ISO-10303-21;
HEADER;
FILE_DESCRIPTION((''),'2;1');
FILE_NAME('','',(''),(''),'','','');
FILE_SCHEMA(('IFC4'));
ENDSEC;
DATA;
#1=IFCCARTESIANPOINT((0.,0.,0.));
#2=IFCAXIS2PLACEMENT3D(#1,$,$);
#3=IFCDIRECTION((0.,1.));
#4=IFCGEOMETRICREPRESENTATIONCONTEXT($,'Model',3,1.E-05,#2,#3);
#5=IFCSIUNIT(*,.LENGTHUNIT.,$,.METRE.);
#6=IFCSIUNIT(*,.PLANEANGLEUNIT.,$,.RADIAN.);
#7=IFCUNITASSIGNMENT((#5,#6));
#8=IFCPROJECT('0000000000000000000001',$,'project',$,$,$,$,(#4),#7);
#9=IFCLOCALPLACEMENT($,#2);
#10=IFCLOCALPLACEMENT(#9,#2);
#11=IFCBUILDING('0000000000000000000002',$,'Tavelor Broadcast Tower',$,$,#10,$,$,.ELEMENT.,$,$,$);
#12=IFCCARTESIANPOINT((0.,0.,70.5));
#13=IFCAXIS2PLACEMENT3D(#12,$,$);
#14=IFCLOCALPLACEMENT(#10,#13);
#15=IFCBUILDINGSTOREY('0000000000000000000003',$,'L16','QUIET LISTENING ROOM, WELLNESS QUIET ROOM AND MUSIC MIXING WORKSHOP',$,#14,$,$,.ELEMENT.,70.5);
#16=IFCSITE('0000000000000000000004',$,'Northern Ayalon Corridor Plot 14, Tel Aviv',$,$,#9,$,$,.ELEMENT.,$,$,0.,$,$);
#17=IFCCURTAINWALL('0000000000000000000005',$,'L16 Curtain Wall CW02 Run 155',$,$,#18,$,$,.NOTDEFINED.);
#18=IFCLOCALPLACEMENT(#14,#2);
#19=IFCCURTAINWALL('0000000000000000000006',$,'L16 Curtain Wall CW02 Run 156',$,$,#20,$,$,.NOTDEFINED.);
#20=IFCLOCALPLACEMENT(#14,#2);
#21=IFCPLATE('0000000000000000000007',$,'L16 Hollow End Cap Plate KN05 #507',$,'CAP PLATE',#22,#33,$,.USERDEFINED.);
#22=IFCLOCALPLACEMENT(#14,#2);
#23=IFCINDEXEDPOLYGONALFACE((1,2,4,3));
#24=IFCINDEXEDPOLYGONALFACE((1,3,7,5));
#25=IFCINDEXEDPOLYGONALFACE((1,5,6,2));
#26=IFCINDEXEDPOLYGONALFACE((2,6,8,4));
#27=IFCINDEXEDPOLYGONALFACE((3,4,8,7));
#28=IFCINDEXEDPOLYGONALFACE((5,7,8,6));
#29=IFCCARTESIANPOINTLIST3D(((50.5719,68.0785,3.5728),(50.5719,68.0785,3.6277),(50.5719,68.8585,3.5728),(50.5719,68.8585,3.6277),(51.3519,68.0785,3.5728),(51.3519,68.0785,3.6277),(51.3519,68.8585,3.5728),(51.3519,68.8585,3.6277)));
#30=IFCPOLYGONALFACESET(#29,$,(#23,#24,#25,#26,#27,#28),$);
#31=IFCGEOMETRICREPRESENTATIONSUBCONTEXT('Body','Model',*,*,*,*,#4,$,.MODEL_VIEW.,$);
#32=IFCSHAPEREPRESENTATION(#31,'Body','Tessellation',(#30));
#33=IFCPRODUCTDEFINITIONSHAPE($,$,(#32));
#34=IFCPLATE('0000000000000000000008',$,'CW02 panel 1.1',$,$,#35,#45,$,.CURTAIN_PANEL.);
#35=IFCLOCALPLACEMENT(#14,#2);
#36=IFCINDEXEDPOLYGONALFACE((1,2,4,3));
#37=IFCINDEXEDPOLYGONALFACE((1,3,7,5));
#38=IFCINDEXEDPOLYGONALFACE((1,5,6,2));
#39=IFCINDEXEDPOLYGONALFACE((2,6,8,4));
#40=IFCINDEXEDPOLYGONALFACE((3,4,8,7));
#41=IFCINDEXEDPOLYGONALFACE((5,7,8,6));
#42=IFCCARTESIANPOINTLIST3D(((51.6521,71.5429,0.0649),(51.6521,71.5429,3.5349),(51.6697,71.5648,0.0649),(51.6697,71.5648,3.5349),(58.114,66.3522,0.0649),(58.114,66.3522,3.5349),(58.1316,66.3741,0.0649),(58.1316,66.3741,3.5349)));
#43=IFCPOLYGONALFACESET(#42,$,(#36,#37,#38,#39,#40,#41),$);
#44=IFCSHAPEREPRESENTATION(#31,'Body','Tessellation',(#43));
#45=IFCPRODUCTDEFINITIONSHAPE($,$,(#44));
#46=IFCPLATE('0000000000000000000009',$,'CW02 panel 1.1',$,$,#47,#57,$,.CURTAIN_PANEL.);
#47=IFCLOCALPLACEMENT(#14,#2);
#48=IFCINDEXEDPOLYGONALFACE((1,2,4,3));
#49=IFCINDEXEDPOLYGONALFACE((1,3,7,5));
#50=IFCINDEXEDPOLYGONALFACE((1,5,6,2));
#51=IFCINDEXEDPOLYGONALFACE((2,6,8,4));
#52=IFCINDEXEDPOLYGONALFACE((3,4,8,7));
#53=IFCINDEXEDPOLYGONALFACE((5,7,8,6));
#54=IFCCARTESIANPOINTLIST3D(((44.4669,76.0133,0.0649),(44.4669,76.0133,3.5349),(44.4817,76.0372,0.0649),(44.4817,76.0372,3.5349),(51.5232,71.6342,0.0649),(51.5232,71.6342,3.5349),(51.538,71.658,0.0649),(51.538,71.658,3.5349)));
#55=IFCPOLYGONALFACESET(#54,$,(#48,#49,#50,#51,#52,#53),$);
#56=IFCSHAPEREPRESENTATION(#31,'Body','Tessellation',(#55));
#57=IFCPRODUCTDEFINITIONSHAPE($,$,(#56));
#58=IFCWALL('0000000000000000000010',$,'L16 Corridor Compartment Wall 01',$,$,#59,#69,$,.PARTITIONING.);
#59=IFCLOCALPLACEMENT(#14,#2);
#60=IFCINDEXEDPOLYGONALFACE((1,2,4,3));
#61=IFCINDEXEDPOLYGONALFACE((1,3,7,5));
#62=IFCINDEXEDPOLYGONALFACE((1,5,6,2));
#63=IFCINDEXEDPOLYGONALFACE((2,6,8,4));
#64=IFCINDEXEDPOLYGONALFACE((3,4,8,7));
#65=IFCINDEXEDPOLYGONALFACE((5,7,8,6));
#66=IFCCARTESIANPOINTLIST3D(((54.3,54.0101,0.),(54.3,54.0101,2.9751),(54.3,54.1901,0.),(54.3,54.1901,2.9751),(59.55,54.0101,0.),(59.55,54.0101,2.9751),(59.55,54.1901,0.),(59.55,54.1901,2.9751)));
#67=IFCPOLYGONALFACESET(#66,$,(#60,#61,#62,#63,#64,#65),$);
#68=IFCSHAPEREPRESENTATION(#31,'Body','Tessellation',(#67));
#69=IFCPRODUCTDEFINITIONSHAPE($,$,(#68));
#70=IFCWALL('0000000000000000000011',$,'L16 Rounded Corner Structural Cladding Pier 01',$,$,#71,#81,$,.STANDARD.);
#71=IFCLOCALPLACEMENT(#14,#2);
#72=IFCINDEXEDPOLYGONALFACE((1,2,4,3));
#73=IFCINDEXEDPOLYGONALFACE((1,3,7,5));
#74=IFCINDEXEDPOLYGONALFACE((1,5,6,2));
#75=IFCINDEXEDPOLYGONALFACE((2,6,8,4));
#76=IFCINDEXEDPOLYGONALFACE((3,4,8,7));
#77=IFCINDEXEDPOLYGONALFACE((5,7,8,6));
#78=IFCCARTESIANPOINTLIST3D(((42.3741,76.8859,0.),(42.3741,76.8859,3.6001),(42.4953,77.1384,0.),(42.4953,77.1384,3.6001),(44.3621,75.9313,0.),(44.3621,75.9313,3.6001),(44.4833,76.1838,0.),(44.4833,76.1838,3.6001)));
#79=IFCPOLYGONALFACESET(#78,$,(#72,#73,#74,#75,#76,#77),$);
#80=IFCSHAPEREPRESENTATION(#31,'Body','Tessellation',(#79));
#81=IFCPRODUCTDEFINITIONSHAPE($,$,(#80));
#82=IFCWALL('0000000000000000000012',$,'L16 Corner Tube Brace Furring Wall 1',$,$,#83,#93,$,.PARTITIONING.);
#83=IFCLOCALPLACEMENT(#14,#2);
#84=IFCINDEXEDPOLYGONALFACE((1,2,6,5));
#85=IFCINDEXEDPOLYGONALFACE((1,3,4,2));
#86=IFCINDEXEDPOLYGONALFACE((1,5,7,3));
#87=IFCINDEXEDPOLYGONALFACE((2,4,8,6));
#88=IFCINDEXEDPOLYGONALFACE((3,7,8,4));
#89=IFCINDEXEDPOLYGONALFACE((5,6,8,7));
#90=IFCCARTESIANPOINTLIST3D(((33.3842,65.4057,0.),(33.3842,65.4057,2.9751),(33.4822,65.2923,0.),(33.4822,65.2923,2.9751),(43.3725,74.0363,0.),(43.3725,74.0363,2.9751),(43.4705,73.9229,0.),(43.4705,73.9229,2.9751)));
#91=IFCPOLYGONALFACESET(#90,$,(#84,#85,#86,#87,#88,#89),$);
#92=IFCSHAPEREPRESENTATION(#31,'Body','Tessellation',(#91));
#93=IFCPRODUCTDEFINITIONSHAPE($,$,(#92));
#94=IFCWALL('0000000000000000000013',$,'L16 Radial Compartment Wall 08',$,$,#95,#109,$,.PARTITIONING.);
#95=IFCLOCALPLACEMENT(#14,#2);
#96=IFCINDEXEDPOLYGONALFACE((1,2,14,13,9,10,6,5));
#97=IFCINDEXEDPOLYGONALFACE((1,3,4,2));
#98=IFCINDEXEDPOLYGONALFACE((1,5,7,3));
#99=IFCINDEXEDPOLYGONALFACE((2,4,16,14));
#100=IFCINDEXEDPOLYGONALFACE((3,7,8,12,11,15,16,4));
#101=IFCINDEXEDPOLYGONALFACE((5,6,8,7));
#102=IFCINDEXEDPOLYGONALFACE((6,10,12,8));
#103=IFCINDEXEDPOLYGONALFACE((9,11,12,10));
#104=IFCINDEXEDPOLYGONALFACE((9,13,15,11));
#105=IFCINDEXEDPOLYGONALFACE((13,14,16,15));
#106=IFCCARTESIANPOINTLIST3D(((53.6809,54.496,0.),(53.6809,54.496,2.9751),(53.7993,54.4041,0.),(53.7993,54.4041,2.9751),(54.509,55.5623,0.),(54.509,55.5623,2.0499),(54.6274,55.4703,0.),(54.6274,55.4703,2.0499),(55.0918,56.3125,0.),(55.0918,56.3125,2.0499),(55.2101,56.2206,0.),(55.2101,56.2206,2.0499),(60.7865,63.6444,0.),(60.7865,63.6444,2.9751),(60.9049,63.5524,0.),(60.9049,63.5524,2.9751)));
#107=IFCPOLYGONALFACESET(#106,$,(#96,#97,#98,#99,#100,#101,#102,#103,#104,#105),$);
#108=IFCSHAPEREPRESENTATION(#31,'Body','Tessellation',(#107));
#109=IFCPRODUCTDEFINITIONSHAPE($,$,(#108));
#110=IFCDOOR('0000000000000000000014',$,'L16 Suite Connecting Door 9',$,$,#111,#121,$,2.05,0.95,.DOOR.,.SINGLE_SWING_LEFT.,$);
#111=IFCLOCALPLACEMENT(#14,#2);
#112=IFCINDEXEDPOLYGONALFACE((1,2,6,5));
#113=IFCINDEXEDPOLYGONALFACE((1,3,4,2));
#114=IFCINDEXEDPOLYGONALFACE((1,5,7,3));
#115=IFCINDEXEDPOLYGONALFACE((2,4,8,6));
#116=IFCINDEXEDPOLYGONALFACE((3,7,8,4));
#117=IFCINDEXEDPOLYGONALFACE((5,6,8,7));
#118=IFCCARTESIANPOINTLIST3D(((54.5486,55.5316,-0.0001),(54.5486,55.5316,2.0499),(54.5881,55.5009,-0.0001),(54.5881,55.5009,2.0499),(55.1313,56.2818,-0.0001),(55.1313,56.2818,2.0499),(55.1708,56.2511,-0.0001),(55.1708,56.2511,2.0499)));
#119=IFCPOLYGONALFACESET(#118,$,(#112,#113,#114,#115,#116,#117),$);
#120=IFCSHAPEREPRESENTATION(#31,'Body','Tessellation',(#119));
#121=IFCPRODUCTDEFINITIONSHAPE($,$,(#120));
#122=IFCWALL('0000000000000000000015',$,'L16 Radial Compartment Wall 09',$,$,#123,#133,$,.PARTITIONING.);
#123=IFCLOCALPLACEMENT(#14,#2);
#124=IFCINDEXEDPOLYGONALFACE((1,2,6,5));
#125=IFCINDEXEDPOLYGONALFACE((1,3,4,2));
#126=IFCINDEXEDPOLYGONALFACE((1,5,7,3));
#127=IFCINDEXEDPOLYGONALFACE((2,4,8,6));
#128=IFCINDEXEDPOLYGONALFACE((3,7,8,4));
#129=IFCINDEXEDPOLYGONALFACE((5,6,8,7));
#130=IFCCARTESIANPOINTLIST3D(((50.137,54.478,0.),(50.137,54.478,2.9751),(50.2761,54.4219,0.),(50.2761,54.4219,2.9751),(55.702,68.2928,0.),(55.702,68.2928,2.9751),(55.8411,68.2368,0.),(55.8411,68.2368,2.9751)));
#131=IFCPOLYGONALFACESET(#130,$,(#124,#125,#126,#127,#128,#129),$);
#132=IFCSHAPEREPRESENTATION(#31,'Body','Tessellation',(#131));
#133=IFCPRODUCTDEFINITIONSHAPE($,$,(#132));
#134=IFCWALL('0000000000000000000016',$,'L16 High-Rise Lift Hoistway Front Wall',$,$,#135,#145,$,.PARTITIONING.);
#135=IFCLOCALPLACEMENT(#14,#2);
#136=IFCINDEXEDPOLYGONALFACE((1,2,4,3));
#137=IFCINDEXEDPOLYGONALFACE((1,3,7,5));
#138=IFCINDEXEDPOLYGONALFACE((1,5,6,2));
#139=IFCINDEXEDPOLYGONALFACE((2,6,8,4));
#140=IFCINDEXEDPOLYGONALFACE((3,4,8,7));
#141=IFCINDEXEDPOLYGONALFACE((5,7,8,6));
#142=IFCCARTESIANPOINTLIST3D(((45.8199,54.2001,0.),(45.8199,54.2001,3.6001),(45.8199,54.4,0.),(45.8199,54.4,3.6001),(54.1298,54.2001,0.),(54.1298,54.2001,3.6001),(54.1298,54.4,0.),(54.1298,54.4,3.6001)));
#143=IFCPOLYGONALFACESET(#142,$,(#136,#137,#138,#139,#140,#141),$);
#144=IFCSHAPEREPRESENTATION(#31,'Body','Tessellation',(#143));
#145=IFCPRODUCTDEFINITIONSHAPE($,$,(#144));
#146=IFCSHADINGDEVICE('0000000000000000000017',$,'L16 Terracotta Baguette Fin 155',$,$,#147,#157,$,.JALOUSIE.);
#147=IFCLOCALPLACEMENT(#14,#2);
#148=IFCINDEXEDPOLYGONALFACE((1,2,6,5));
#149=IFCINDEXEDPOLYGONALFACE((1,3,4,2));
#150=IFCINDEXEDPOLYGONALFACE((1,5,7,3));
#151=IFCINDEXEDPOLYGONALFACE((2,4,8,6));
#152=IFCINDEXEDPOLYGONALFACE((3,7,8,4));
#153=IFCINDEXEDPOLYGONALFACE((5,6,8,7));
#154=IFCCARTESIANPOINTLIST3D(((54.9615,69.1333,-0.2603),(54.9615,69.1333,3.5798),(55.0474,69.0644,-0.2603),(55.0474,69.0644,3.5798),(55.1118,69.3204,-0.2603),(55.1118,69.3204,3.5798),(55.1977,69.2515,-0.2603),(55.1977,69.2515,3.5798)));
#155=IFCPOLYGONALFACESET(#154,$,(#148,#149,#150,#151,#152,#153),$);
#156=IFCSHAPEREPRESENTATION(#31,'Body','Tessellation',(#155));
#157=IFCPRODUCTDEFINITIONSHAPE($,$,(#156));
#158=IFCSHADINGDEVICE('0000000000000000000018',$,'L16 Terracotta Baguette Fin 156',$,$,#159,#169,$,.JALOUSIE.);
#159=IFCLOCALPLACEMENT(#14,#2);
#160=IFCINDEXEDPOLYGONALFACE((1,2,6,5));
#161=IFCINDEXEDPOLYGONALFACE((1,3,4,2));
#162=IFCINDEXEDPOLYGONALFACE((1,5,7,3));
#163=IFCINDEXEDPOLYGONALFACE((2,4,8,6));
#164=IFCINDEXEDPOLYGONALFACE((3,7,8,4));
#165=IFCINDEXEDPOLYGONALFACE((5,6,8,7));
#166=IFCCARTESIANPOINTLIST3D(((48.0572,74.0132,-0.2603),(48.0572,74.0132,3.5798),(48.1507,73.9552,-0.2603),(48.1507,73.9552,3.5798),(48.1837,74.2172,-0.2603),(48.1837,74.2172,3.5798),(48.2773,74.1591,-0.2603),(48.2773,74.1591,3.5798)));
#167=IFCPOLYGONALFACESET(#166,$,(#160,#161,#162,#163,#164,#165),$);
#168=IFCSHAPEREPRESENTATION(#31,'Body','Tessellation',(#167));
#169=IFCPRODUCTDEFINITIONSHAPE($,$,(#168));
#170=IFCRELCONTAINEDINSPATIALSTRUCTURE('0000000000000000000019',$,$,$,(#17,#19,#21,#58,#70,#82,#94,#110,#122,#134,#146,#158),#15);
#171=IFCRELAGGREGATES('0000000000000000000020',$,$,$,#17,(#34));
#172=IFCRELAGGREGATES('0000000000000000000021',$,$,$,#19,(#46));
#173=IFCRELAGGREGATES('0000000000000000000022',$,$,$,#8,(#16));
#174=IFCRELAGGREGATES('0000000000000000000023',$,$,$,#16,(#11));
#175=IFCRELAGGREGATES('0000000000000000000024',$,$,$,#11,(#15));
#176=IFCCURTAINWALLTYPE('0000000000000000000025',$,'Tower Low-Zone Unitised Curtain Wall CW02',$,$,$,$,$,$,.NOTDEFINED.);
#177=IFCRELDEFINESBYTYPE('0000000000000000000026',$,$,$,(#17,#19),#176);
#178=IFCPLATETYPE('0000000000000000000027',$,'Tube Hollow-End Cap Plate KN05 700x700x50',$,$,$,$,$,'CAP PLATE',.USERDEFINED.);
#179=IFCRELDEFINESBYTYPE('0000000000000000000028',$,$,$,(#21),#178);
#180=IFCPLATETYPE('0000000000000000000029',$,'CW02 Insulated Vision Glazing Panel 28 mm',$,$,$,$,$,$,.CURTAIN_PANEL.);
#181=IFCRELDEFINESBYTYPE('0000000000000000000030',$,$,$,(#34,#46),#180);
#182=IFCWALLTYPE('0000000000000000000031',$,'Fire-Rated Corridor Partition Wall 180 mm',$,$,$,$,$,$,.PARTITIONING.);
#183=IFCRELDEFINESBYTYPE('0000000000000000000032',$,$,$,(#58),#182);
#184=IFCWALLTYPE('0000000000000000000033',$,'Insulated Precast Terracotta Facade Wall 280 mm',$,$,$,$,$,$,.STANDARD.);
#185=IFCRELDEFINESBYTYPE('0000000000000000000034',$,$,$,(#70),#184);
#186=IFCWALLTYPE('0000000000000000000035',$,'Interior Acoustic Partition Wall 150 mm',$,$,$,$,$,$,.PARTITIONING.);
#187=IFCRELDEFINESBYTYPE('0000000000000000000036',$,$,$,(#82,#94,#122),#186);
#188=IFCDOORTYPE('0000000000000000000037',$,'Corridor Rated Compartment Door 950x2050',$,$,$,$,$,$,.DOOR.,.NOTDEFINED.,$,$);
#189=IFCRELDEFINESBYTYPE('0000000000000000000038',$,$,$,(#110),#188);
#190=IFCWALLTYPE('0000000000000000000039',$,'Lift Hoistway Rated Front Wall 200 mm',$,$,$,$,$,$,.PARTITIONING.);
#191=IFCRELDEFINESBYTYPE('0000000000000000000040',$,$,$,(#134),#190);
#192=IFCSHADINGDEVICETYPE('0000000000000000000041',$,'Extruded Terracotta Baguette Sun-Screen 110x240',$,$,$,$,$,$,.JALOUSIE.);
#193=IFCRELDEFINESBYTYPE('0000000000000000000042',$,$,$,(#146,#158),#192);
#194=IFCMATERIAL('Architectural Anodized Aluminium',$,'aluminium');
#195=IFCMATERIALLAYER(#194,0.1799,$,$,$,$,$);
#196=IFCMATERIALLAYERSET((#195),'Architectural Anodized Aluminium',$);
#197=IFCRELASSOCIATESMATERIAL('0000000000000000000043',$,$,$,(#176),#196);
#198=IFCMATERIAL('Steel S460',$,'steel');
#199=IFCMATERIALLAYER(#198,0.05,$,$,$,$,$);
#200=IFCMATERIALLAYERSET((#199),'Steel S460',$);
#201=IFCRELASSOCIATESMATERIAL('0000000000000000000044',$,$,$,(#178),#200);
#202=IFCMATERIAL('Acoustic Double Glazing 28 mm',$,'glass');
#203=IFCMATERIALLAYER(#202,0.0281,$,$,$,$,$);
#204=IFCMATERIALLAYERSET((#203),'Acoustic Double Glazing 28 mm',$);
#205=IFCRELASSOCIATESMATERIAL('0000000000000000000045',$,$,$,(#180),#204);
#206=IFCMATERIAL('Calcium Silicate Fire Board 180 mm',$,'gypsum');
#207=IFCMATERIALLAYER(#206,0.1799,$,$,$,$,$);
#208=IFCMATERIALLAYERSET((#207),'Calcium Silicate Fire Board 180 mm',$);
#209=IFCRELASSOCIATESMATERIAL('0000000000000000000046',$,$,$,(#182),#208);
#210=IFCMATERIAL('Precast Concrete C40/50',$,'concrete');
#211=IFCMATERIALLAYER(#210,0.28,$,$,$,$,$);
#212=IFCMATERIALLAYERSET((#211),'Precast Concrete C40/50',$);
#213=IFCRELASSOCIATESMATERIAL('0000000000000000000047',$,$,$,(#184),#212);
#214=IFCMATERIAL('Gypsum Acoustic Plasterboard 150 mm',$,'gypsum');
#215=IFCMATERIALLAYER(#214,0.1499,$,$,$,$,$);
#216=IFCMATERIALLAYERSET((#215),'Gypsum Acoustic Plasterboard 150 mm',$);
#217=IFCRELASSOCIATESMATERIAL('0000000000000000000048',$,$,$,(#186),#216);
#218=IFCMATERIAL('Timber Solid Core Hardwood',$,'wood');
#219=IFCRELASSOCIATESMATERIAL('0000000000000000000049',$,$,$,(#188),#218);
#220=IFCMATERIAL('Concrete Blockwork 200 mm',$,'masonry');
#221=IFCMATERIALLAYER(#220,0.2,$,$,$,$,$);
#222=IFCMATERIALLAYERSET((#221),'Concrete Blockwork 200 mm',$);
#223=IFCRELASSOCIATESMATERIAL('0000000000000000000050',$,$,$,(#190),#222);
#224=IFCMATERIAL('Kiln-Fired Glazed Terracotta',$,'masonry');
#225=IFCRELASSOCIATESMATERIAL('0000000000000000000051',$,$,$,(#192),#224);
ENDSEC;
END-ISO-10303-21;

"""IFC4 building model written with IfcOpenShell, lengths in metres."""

from ifc_helpers import new_model, si_unit, direction, frame, frame_2d, origin, origin_2d, place, context, subcontext, project, spatial, rectangle, extrude, source, transform, mapped, material, layer, layer_set, type_object, type_shapes, element, fill, aggregate, save


model = new_model("IFC4")

# Units and contexts
model_context = context("Model", 3, precision=1e-05, world=origin(), true_north=direction((0.0, 1.0)))
body_context = subcontext(model_context, "Body", "Model", "MODEL_VIEW")
ifc_project = project(units=[si_unit("LENGTHUNIT", "METRE"), si_unit("PLANEANGLEUNIT", "RADIAN")], contexts=[model_context])

# Site, building, storey
site_placement = place(None, origin())
site = spatial("IfcSite", under=ifc_project, at=site_placement, Name="Northern Ayalon Corridor Plot 14, Tel Aviv", CompositionType="ELEMENT", RefElevation=0.0)
building_placement = place(site_placement, origin())
building = spatial("IfcBuilding", under=site, at=building_placement, Name="Tavelor Broadcast Tower", CompositionType="ELEMENT")
storey_placement = place(building_placement, frame((0.0, 0.0, 70.5)))
storey = spatial("IfcBuildingStorey", under=building, at=storey_placement, Name="L16", Description="QUIET LISTENING ROOM, WELLNESS QUIET ROOM AND MUSIC MIXING WORKSHOP", CompositionType="ELEMENT", Elevation=70.5)

# Shared definitions
ifc_material_1 = material(Name="Steel S460", Category="steel")

# Curtain wall
ifc_material_2 = material(Name="Architectural Anodized Aluminium", Category="aluminium")
ifc_layer_1 = layer(ifc_material_2, 0.1799)
ifc_layer_set_1 = layer_set([ifc_layer_1], Name="Architectural Anodized Aluminium")
curtain_wall_type = type_object("IfcCurtainWallType", Name="Tower Low-Zone Unitised Curtain Wall CW02", PredefinedType="NOTDEFINED", material=ifc_layer_set_1)
curtain_wall_1_placement = place(storey_placement, origin())
curtain_wall_1 = element("IfcCurtainWall", 1, at=curtain_wall_1_placement, inside=storey, type_object=curtain_wall_type, Name="L16 Curtain Wall CW02 Run 155", PredefinedType="NOTDEFINED")

# Curtain wall
curtain_wall_2_placement = place(storey_placement, origin())
curtain_wall_2 = element("IfcCurtainWall", 2, at=curtain_wall_2_placement, inside=storey, type_object=curtain_wall_type, Name="L16 Curtain Wall CW02 Run 156", PredefinedType="NOTDEFINED")

# Plates
ifc_layer_2 = layer(ifc_material_1, 0.05)
ifc_layer_set_2 = layer_set([ifc_layer_2], Name="Steel S460")
plate_type_1 = type_object("IfcPlateType", Name="Tube Hollow-End Cap Plate KN05 700x700x50", ElementType="CAP PLATE", PredefinedType="USERDEFINED", material=ifc_layer_set_2)
shared_shape_1 = source(origin(), body_context, "Body", "SweptSolid", [
    extrude(rectangle(XDim=0.78, YDim=0.78, at=origin_2d()), origin(), (0.0, 0.0, 1.0), 0.0549),
])
type_shapes(plate_type_1, [shared_shape_1])
plate_1_placement = place(storey_placement, frame((50.9619, 68.4685, 3.5728), z_axis=(0.0, 0.0, 1.0), x_axis=(1.0, 0.0, 0.0)))
element("IfcPlate", 3, at=plate_1_placement, inside=storey, type_object=plate_type_1, Name="L16 Hollow End Cap Plate KN05 #507", ObjectType="CAP PLATE", PredefinedType="USERDEFINED", context=body_context, shape_type="MappedRepresentation", body=[
    mapped(shared_shape_1, transform((0.0, 0.0, 0.0), scale=1.0)),
])
ifc_material_3 = material(Name="Acoustic Double Glazing 28 mm", Category="glass")
ifc_layer_3 = layer(ifc_material_3, 0.0281)
ifc_layer_set_3 = layer_set([ifc_layer_3], Name="Acoustic Double Glazing 28 mm")
plate_type_2 = type_object("IfcPlateType", Name="CW02 Insulated Vision Glazing Panel 28 mm", PredefinedType="CURTAIN_PANEL", material=ifc_layer_set_3)
shared_shape_2 = source(origin(), body_context, "Body", "SweptSolid", [
    extrude(rectangle(XDim=8.2886, YDim=0.0281, at=origin_2d()), origin(), (0.0, 0.0, 1.0), 3.47),
])
plate_2_placement = place(storey_placement, frame((54.8918, 68.9585, 0.0649), z_axis=(0.0, 0.0, 1.0), x_axis=(-0.779618, 0.626255, 0.0)))
plate_2 = element("IfcPlate", 4, at=plate_2_placement, type_object=plate_type_2, Name="CW02 panel 1.1", PredefinedType="CURTAIN_PANEL", context=body_context, shape_type="MappedRepresentation", body=[
    mapped(shared_shape_2, transform((0.0, 0.0, 0.0), scale=1.0)),
])
aggregate(curtain_wall_1, [plate_2])
shared_shape_3 = source(origin(), body_context, "Body", "SweptSolid", [
    extrude(rectangle(XDim=8.3047, YDim=0.0281, at=origin_2d()), origin(), (0.0, 0.0, 1.0), 3.47),
])
type_shapes(plate_type_2, [shared_shape_2, shared_shape_3])
plate_3_placement = place(storey_placement, frame((48.0024, 73.8357, 0.0649), z_axis=(0.0, 0.0, 1.0), x_axis=(-0.849672, 0.527312, 0.0)))
plate_3 = element("IfcPlate", 5, at=plate_3_placement, type_object=plate_type_2, Name="CW02 panel 1.1", PredefinedType="CURTAIN_PANEL", context=body_context, shape_type="MappedRepresentation", body=[
    mapped(shared_shape_3, transform((0.0, 0.0, 0.0), scale=1.0)),
])
aggregate(curtain_wall_2, [plate_3])

# Walls
ifc_material_4 = material(Name="Calcium Silicate Fire Board 180 mm", Category="gypsum")
ifc_layer_4 = layer(ifc_material_4, 0.1799)
ifc_layer_set_4 = layer_set([ifc_layer_4], Name="Calcium Silicate Fire Board 180 mm")
wall_type_1 = type_object("IfcWallType", Name="Fire-Rated Corridor Partition Wall 180 mm", PredefinedType="PARTITIONING", material=ifc_layer_set_4)
wall_1_placement = place(storey_placement, frame((54.3, 54.1001, 0.0), z_axis=(0.0, 0.0, 1.0), x_axis=(1.0, 0.0, 0.0)))
element("IfcWall", 6, at=wall_1_placement, inside=storey, type_object=wall_type_1, Name="L16 Corridor Compartment Wall 01", PredefinedType="PARTITIONING", context=body_context, shape_type="SweptSolid", body=[
    extrude(rectangle(XDim=5.25, YDim=0.1799, at=frame_2d((2.625, 0.0))), origin(), (0.0, 0.0, 1.0), 2.9751),
])
ifc_material_5 = material(Name="Precast Concrete C40/50", Category="concrete")
ifc_layer_5 = layer(ifc_material_5, 0.28)
ifc_layer_set_5 = layer_set([ifc_layer_5], Name="Precast Concrete C40/50")
wall_type_2 = type_object("IfcWallType", Name="Insulated Precast Terracotta Facade Wall 280 mm", PredefinedType="STANDARD", material=ifc_layer_set_5)
wall_2_placement = place(storey_placement, frame((44.4226, 76.0576, 0.0), z_axis=(0.0, 0.0, 1.0), x_axis=(-0.901464, 0.432853, 0.0)))
element("IfcWall", 7, at=wall_2_placement, inside=storey, type_object=wall_type_2, Name="L16 Rounded Corner Structural Cladding Pier 01", PredefinedType="STANDARD", context=body_context, shape_type="SweptSolid", body=[
    extrude(rectangle(XDim=2.2053, YDim=0.28, at=frame_2d((1.1025, 0.0))), origin(), (0.0, 0.0, 1.0), 3.6001),
])
ifc_material_6 = material(Name="Gypsum Acoustic Plasterboard 150 mm", Category="gypsum")
ifc_layer_6 = layer(ifc_material_6, 0.1499)
ifc_layer_set_6 = layer_set([ifc_layer_6], Name="Gypsum Acoustic Plasterboard 150 mm")
wall_type_3 = type_object("IfcWallType", Name="Interior Acoustic Partition Wall 150 mm", PredefinedType="PARTITIONING", material=ifc_layer_set_6)
wall_3_placement = place(storey_placement, frame((43.4214, 73.9795, 0.0), z_axis=(0.0, 0.0, 1.0), x_axis=(-0.756659, -0.65381, 0.0)))
element("IfcWall", 8, at=wall_3_placement, inside=storey, type_object=wall_type_3, Name="L16 Corner Tube Brace Furring Wall 1", PredefinedType="PARTITIONING", context=body_context, shape_type="SweptSolid", body=[
    extrude(rectangle(XDim=13.2004, YDim=0.1499, at=frame_2d((6.6001, 0.0))), origin(), (0.0, 0.0, 1.0), 2.9751),
])

# Wall, opening, door
wall_4_placement = place(storey_placement, frame((53.74, 54.45, 0.0), z_axis=(0.0, 0.0, 1.0), x_axis=(0.613417, 0.789759, 0.0)))
wall_4 = element("IfcWall", 9, at=wall_4_placement, inside=storey, type_object=wall_type_3, Name="L16 Radial Compartment Wall 08", PredefinedType="PARTITIONING", context=body_context, shape_type="SweptSolid", body=[
    extrude(rectangle(XDim=11.5837, YDim=0.1499, at=frame_2d((5.792, 0.0))), origin(), (0.0, 0.0, 1.0), 2.9751),
])
opening_placement = place(wall_4_placement, frame((1.3501, 0.0, 0.0)))
opening = element("IfcOpeningElement", 10, at=opening_placement, cuts=wall_4, PredefinedType="OPENING", context=body_context, shape_type="SweptSolid", body=[
    extrude(rectangle(XDim=0.95, YDim=2.05, at=frame_2d((0.4751, 1.0249))), frame((0.0, 0.085, 0.0), z_axis=(0.0, -1.0, 0.0), x_axis=(1.0, 0.0, 0.0)), (0.0, 0.0, 1.0), 0.1699),
])
ifc_material_7 = material(Name="Timber Solid Core Hardwood", Category="wood")
door_type = type_object("IfcDoorType", Name="Corridor Rated Compartment Door 950x2050", OperationType="NOTDEFINED", PredefinedType="DOOR", material=ifc_material_7)
door_placement = place(opening_placement, origin())
door = element("IfcDoor", 11, at=door_placement, inside=storey, type_object=door_type, Name="L16 Suite Connecting Door 9", OperationType="SINGLE_SWING_LEFT", OverallHeight=2.05, OverallWidth=0.95, PredefinedType="DOOR", context=body_context, shape_type="SweptSolid", body=[
    extrude(rectangle(XDim=0.95, YDim=2.05, at=frame_2d((0.4751, 1.0249))), frame((0.0, 0.0249, 0.0), z_axis=(0.0, -1.0, 0.0), x_axis=(1.0, 0.0, 0.0)), (0.0, 0.0, 1.0), 0.05),
])
fill(opening, door)

# Walls
wall_5_placement = place(storey_placement, frame((50.2065, 54.45, 0.0), z_axis=(0.0, 0.0, 1.0), x_axis=(0.373651, 0.92757, 0.0)))
element("IfcWall", 12, at=wall_5_placement, inside=storey, type_object=wall_type_3, Name="L16 Radial Compartment Wall 09", PredefinedType="PARTITIONING", context=body_context, shape_type="SweptSolid", body=[
    extrude(rectangle(XDim=14.8936, YDim=0.1499, at=frame_2d((7.4468, 0.0))), origin(), (0.0, 0.0, 1.0), 2.9751),
])
ifc_material_8 = material(Name="Concrete Blockwork 200 mm", Category="masonry")
ifc_layer_7 = layer(ifc_material_8, 0.2)
ifc_layer_set_7 = layer_set([ifc_layer_7], Name="Concrete Blockwork 200 mm")
wall_type_4 = type_object("IfcWallType", Name="Lift Hoistway Rated Front Wall 200 mm", PredefinedType="PARTITIONING", material=ifc_layer_set_7)
wall_6_placement = place(storey_placement, frame((45.8201, 54.3, 0.0), z_axis=(0.0, 0.0, 1.0), x_axis=(1.0, 0.0, 0.0)))
element("IfcWall", 13, at=wall_6_placement, inside=storey, type_object=wall_type_4, Name="L16 High-Rise Lift Hoistway Front Wall", PredefinedType="PARTITIONING", context=body_context, shape_type="SweptSolid", body=[
    extrude(rectangle(XDim=8.3098, YDim=0.2, at=frame_2d((4.1548, 0.0))), origin(), (0.0, 0.0, 1.0), 3.6001),
])

# Shading devices
ifc_material_9 = material(Name="Kiln-Fired Glazed Terracotta", Category="masonry")
shading_device_type = type_object("IfcShadingDeviceType", Name="Extruded Terracotta Baguette Sun-Screen 110x240", PredefinedType="JALOUSIE", material=ifc_material_9)
shared_shape_4 = source(origin(), body_context, "Body", "SweptSolid", [
    extrude(rectangle(XDim=0.1101, YDim=0.24, at=origin_2d()), origin(), (0.0, 0.0, 1.0), 3.8401),
])
type_shapes(shading_device_type, [shared_shape_4])
for number, where, z_axis, x_axis, name in (
    (14, (55.0796, 69.1924, -0.2603), (0.0, 0.0, 1.0), (-0.779666, 0.626196, 0.0), "L16 Terracotta Baguette Fin 155"),
    (15, (48.1672, 74.0862, -0.2603), (0.0, 0.0, 1.0), (-0.849709, 0.527252, 0.0), "L16 Terracotta Baguette Fin 156"),
):
    element("IfcShadingDevice", number, at=place(storey_placement, frame(where, z_axis=z_axis, x_axis=x_axis)), inside=storey, type_object=shading_device_type, Name=name, PredefinedType="JALOUSIE", context=body_context, shape_type="MappedRepresentation", body=[
        mapped(shared_shape_4, transform((0.0, 0.0, 0.0), scale=1.0)),
    ])

save(model, "model.ifc")
